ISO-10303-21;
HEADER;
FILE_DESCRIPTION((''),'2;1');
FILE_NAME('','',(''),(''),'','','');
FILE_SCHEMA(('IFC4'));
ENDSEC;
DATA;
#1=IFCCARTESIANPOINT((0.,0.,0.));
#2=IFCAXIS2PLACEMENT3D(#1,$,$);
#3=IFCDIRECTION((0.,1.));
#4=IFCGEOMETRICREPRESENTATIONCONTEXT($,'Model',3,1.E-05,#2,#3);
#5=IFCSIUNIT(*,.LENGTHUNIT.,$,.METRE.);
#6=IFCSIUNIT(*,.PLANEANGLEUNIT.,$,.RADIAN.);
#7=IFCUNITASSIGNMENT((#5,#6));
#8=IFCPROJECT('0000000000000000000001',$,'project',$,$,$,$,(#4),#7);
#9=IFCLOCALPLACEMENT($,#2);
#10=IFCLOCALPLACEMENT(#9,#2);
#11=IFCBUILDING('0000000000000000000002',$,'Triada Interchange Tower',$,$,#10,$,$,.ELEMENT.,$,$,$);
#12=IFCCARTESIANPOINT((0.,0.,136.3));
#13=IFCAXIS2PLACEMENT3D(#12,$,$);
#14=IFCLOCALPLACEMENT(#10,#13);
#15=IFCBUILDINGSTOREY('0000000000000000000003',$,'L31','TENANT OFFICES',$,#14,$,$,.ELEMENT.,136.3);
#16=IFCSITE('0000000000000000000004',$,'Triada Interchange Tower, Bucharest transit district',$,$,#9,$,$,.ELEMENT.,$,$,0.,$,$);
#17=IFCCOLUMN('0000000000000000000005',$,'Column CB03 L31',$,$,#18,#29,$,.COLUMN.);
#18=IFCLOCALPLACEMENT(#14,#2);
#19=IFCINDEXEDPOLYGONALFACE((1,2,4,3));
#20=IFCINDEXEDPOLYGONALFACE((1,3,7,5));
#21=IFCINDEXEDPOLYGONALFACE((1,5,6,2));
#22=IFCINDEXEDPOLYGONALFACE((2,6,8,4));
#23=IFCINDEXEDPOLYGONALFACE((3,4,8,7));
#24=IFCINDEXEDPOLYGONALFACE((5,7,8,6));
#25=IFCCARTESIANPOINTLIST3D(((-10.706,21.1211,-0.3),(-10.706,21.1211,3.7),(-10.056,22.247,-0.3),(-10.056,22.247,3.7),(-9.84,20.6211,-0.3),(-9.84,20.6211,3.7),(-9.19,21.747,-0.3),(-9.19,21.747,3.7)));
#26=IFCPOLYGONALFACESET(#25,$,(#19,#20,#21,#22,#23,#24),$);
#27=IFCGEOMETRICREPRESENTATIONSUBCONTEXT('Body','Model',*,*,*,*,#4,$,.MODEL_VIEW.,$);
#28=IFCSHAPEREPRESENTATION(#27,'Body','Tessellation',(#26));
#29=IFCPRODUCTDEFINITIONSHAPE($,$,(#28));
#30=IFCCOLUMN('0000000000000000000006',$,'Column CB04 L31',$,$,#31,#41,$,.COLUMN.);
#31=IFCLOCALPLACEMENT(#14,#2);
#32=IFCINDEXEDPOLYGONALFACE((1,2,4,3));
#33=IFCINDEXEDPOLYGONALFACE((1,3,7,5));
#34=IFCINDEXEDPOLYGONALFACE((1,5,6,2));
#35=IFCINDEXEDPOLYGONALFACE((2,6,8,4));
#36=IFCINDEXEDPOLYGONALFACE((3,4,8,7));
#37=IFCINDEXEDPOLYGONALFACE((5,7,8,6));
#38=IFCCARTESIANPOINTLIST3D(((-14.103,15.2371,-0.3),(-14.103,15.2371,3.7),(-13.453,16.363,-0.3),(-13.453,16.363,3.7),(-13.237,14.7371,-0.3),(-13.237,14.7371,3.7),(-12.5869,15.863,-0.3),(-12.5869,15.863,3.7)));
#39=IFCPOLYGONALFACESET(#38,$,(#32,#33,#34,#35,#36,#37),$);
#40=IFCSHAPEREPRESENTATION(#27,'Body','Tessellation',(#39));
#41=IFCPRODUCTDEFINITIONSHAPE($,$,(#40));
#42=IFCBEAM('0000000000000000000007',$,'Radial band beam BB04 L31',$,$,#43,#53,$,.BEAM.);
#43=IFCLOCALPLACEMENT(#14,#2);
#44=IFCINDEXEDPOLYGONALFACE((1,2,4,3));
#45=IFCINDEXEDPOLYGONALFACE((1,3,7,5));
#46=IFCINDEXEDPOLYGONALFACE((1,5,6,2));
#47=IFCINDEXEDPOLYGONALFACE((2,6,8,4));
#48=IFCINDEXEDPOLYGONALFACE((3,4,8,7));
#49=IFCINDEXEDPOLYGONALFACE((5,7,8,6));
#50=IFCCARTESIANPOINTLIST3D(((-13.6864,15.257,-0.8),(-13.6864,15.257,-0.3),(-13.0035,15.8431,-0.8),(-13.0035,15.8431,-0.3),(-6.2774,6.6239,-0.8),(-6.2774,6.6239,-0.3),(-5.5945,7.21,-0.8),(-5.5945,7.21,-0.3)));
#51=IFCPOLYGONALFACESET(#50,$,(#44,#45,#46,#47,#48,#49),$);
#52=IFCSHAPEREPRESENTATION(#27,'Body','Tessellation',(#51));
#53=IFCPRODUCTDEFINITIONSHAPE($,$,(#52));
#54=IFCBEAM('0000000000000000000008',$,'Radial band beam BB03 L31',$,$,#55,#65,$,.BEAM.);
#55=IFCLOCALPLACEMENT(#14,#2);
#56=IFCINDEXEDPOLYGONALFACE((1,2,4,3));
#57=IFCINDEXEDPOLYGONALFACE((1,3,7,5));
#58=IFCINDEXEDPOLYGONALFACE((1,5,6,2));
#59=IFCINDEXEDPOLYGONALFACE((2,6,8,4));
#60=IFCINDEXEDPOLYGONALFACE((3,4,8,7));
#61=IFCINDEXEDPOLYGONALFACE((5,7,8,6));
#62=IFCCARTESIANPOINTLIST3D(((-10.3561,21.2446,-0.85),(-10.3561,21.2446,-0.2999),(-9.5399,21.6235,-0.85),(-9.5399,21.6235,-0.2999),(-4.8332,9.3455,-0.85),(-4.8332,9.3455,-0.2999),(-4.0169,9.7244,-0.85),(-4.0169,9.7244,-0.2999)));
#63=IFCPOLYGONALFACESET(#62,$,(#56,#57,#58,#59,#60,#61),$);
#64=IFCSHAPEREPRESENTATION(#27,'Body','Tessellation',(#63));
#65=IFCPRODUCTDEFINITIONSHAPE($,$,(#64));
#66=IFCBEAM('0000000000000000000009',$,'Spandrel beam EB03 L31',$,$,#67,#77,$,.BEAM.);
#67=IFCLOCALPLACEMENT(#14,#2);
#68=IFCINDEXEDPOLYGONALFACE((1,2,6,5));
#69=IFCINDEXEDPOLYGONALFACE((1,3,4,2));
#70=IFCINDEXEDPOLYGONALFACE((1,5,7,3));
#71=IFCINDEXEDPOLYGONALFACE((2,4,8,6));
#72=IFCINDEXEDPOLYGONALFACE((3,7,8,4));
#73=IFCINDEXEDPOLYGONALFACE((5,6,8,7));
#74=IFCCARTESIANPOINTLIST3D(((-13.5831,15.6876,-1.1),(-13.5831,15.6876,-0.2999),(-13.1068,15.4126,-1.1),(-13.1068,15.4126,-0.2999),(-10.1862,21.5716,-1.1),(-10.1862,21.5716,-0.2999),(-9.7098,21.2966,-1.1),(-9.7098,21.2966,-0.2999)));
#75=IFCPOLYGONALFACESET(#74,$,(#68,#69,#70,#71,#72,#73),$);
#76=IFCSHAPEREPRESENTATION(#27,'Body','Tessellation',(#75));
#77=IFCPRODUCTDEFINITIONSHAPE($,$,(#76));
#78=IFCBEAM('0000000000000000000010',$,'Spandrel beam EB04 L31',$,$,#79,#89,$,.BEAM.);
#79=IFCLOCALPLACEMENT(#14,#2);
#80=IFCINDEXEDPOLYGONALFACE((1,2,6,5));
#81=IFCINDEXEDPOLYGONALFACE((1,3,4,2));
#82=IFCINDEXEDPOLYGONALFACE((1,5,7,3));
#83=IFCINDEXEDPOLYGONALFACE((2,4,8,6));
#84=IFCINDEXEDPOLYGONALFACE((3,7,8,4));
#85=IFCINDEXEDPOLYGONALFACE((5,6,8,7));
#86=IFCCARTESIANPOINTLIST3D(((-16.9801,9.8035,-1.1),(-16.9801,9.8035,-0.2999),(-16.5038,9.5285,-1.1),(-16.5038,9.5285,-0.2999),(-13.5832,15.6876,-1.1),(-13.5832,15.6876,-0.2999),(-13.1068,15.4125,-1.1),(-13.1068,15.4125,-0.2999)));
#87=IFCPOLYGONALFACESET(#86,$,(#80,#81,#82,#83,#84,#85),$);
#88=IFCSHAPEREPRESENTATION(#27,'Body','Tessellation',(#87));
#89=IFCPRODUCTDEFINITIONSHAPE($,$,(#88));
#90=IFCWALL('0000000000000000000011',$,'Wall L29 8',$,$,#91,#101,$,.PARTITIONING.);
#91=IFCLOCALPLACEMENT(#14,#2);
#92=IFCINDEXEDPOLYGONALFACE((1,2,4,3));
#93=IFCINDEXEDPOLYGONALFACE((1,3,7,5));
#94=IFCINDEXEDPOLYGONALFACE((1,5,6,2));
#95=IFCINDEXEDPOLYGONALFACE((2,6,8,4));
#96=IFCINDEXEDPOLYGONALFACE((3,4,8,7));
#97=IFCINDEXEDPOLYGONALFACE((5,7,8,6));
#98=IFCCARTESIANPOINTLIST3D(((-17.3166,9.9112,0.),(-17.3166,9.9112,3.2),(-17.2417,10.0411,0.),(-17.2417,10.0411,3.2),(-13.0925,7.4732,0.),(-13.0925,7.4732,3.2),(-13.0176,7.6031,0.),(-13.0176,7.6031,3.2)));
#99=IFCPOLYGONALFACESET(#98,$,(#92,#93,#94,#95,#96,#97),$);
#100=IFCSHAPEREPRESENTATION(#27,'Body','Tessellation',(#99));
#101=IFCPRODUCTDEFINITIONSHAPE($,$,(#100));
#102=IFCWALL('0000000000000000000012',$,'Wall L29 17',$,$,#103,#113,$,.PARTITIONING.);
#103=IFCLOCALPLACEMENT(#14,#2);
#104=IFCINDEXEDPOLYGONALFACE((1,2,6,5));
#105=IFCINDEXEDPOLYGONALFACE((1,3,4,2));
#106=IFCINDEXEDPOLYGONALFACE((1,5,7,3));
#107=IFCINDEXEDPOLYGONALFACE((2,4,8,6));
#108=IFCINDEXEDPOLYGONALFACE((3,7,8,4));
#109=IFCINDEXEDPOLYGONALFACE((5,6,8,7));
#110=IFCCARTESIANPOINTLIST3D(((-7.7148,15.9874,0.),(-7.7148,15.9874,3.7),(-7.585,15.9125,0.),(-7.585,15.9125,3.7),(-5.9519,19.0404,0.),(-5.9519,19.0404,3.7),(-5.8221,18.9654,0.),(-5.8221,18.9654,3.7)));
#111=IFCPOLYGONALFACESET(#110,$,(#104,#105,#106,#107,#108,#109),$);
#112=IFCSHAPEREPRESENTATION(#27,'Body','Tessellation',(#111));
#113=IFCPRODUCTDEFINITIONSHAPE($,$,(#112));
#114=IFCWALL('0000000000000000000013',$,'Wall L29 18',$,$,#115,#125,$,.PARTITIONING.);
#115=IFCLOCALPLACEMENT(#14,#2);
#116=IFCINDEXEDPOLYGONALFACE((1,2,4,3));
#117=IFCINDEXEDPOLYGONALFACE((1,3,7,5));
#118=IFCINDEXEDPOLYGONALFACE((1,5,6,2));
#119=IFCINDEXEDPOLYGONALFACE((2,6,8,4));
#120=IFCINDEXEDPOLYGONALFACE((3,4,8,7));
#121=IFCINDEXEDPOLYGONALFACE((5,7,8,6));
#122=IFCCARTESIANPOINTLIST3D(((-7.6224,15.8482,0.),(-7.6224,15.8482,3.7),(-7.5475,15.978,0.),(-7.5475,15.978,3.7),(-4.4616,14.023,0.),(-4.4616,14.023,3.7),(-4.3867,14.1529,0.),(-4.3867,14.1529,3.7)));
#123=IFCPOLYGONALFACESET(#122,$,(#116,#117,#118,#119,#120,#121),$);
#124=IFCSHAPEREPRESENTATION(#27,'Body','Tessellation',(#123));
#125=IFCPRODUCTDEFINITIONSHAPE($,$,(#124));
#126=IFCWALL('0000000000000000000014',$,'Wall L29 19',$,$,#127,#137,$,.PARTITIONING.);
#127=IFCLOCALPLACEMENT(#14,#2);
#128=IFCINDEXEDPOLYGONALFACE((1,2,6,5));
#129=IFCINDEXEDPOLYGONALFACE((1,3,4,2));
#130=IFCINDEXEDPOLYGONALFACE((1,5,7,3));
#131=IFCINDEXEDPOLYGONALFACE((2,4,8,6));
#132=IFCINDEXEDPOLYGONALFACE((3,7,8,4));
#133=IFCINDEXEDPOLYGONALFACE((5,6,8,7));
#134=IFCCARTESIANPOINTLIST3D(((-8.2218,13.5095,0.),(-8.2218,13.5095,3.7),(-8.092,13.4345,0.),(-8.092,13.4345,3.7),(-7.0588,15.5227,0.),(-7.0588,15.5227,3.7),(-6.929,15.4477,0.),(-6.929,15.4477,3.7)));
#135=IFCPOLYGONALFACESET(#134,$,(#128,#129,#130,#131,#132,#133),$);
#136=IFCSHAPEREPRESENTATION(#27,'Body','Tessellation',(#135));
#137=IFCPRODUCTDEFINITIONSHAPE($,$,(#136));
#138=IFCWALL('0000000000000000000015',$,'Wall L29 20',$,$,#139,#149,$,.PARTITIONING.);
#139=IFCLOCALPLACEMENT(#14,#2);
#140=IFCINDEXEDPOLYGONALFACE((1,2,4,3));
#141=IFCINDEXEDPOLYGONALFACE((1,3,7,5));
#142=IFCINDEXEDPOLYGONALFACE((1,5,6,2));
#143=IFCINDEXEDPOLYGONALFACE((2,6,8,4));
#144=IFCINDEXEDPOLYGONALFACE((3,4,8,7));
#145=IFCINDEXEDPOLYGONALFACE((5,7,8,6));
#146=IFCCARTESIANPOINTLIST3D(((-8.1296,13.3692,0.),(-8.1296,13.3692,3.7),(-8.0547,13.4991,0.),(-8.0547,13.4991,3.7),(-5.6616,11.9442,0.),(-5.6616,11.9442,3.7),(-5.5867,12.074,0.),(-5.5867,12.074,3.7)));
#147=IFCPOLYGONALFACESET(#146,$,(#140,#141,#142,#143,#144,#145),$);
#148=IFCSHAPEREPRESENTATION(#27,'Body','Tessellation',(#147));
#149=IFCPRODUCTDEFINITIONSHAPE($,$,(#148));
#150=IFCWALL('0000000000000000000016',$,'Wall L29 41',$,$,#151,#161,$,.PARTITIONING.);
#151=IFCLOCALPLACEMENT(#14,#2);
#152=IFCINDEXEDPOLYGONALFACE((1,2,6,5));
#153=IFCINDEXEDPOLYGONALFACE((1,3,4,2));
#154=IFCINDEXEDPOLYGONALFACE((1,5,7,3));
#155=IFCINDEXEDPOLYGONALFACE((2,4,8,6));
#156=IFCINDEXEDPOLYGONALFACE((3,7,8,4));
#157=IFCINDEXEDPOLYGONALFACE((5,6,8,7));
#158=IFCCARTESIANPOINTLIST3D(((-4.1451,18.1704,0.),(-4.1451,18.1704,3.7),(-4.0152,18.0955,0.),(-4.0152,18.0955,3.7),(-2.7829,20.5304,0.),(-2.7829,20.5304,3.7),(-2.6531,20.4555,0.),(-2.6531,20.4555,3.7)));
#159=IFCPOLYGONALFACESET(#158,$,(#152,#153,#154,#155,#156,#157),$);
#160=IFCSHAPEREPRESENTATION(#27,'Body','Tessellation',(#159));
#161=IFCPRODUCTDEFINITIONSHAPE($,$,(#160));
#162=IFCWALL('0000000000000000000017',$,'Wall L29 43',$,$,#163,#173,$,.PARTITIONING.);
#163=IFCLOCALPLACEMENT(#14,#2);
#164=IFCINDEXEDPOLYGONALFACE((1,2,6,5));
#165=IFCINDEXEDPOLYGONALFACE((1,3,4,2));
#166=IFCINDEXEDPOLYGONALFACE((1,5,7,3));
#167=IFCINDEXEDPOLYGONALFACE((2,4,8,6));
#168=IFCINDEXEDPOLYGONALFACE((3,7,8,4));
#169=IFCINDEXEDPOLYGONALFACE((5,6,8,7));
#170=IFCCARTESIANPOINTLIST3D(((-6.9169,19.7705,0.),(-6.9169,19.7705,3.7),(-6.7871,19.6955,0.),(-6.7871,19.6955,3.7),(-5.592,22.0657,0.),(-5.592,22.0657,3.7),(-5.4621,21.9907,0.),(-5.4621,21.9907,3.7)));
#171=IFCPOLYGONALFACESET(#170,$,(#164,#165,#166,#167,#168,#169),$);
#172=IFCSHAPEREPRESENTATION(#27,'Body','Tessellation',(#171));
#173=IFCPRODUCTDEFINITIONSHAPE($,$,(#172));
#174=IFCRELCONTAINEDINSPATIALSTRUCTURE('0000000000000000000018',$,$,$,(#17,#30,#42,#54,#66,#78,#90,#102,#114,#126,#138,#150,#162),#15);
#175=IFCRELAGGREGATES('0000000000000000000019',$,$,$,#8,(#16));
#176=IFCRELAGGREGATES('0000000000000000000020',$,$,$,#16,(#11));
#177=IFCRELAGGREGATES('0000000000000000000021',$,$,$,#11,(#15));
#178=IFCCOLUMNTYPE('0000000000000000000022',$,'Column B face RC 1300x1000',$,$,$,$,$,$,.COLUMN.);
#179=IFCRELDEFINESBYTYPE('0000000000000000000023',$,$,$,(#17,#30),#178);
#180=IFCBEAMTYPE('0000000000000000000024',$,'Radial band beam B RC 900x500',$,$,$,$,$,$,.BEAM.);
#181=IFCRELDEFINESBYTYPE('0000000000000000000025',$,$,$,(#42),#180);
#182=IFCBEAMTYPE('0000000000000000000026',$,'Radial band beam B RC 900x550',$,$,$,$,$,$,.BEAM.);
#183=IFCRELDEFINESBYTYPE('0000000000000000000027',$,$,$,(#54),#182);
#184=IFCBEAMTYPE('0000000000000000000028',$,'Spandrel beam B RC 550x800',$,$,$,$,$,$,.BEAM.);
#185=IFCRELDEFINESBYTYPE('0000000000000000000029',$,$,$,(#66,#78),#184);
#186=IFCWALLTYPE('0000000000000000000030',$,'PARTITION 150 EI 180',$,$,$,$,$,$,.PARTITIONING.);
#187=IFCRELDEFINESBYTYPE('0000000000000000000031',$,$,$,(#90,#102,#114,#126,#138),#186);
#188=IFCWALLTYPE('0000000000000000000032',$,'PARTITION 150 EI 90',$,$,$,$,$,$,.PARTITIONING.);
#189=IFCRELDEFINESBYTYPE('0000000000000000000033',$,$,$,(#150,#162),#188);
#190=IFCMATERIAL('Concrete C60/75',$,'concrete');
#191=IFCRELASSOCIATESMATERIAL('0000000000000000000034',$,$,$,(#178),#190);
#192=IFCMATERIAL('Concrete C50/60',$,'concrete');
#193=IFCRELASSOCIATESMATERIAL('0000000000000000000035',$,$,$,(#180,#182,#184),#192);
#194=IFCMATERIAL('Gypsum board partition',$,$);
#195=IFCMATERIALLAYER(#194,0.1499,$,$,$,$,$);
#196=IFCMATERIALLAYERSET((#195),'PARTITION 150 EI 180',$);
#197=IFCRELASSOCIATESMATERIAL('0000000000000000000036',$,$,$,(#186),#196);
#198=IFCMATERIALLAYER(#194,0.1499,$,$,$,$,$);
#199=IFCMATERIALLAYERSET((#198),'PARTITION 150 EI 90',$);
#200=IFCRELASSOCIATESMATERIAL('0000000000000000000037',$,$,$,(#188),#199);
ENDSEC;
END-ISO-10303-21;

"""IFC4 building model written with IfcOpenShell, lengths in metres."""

from ifc_helpers import new_model, si_unit, direction, frame, frame_2d, origin, origin_2d, place, context, subcontext, project, spatial, rectangle, extrude, material, layer, layer_set, material_profile, profile_set, type_object, element, save


model = new_model("IFC4")

# Units and contexts
model_context = context("Model", 3, precision=1e-05, world=origin(), true_north=direction((0.0, 1.0)))
body_context = subcontext(model_context, "Body", "Model", "MODEL_VIEW")
ifc_project = project(units=[si_unit("LENGTHUNIT", "METRE"), si_unit("PLANEANGLEUNIT", "RADIAN")], contexts=[model_context])

# Site, building, storey
site_placement = place(None, origin())
site = spatial("IfcSite", under=ifc_project, at=site_placement, Name="Triada Interchange Tower, Bucharest transit district", CompositionType="ELEMENT", RefElevation=0.0)
building_placement = place(site_placement, origin())
building = spatial("IfcBuilding", under=site, at=building_placement, Name="Triada Interchange Tower", CompositionType="ELEMENT")
storey_placement = place(building_placement, frame((0.0, 0.0, 136.3)))
storey = spatial("IfcBuildingStorey", under=building, at=storey_placement, Name="L31", Description="TENANT OFFICES", CompositionType="ELEMENT", Elevation=136.3)

# Columns
ifc_material_1 = material(Name="Concrete C60/75", Category="concrete")
ifc_material_profile_1 = material_profile(ifc_material_1, rectangle(XDim=1.3, YDim=1.0, at=origin_2d()), Name="RC 1300x1000")
ifc_profile_set_1 = profile_set([ifc_material_profile_1], Name="Concrete C60/75")
column_type = type_object("IfcColumnType", Name="Column B face RC 1300x1000", PredefinedType="COLUMN", material=ifc_profile_set_1)
for number, where, z_axis, x_axis, name in (
    (1, (-9.948, 21.4341, -0.3), (0.0, 0.0, 1.0), (0.5, 0.866025, 0.0), "Column CB03 L31"),
    (2, (-13.345, 15.55, -0.3), (0.0, 0.0, 1.0), (0.5, 0.866025, 0.0), "Column CB04 L31"),
):
    element("IfcColumn", number, at=place(storey_placement, frame(where, z_axis=z_axis, x_axis=x_axis)), inside=storey, type_object=column_type, Name=name, PredefinedType="COLUMN", context=body_context, shape_type="SweptSolid", body=[
        extrude(rectangle(XDim=1.3, YDim=1.0, at=origin_2d()), origin(), (0.0, 0.0, 1.0), 4.0),
    ])

# Beams
ifc_material_2 = material(Name="Concrete C50/60", Category="concrete")
ifc_material_profile_2 = material_profile(ifc_material_2, rectangle(XDim=0.8999, YDim=0.5, at=origin_2d()), Name="RC 900x500")
ifc_profile_set_2 = profile_set([ifc_material_profile_2], Name="Concrete C50/60")
beam_type_1 = type_object("IfcBeamType", Name="Radial band beam B RC 900x500", PredefinedType="BEAM", material=ifc_profile_set_2)
beam_1_placement = place(storey_placement, frame((-13.345, 15.55, -0.55), z_axis=(0.651256, -0.758858, 0.0), x_axis=(0.758858, 0.651256, 0.0)))
element("IfcBeam", 3, at=beam_1_placement, inside=storey, type_object=beam_type_1, Name="Radial band beam BB04 L31", PredefinedType="BEAM", context=body_context, shape_type="SweptSolid", body=[
    extrude(rectangle(XDim=0.8999, YDim=0.5, at=origin_2d()), origin(), (0.0, 0.0, 1.0), 11.3765),
])
ifc_material_profile_3 = material_profile(ifc_material_2, rectangle(XDim=0.8999, YDim=0.55, at=origin_2d()), Name="RC 900x550")
ifc_profile_set_3 = profile_set([ifc_material_profile_3], Name="Concrete C50/60")
beam_type_2 = type_object("IfcBeamType", Name="Radial band beam B RC 900x550", PredefinedType="BEAM", material=ifc_profile_set_3)
beam_2_placement = place(storey_placement, frame((-9.948, 21.4341, -0.575), z_axis=(0.421007, -0.907057, 0.0), x_axis=(0.907057, 0.421007, 0.0)))
element("IfcBeam", 4, at=beam_2_placement, inside=storey, type_object=beam_type_2, Name="Radial band beam BB03 L31", PredefinedType="BEAM", context=body_context, shape_type="SweptSolid", body=[
    extrude(rectangle(XDim=0.8999, YDim=0.55, at=origin_2d()), origin(), (0.0, 0.0, 1.0), 13.1184),
])
ifc_material_profile_4 = material_profile(ifc_material_2, rectangle(XDim=0.55, YDim=0.8, at=origin_2d()), Name="RC 550x800")
ifc_profile_set_4 = profile_set([ifc_material_profile_4], Name="Concrete C50/60")
beam_type_3 = type_object("IfcBeamType", Name="Spandrel beam B RC 550x800", PredefinedType="BEAM", material=ifc_profile_set_4)
for number, where, z_axis, x_axis, name in (
    (5, (-9.948, 21.4341, -0.7), (-0.499981, -0.866037, 0.0), (0.866037, -0.499981, 0.0), "Spandrel beam EB03 L31"),
    (6, (-13.345, 15.55, -0.7), (-0.499981, -0.866037, 0.0), (0.866037, -0.499981, 0.0), "Spandrel beam EB04 L31"),
):
    element("IfcBeam", number, at=place(storey_placement, frame(where, z_axis=z_axis, x_axis=x_axis)), inside=storey, type_object=beam_type_3, Name=name, PredefinedType="BEAM", context=body_context, shape_type="SweptSolid", body=[
        extrude(rectangle(XDim=0.55, YDim=0.8, at=origin_2d()), origin(), (0.0, 0.0, 1.0), 6.7942),
    ])

# Walls
ifc_material_3 = material(Name="Gypsum board partition")
ifc_layer_1 = layer(ifc_material_3, 0.1499)
ifc_layer_set_1 = layer_set([ifc_layer_1], Name="PARTITION 150 EI 180")
wall_type_1 = type_object("IfcWallType", Name="PARTITION 150 EI 180", PredefinedType="PARTITIONING", material=ifc_layer_set_1)
wall_1_placement = place(storey_placement, frame((-17.2791, 9.9761, 0.0), z_axis=(0.0, 0.0, 1.0), x_axis=(0.866097, -0.499876, 0.0)))
element("IfcWall", 7, at=wall_1_placement, inside=storey, type_object=wall_type_1, Name="Wall L29 8", PredefinedType="PARTITIONING", context=body_context, shape_type="SweptSolid", body=[
    extrude(rectangle(XDim=4.8772, YDim=0.1499, at=frame_2d((2.4385, 0.0))), origin(), (0.0, 0.0, 1.0), 3.2),
])
wall_2_placement = place(storey_placement, frame((-7.6499, 15.95, 0.0), z_axis=(0.0, 0.0, 1.0), x_axis=(0.500064, 0.865988, 0.0)))
element("IfcWall", 8, at=wall_2_placement, inside=storey, type_object=wall_type_1, Name="Wall L29 17", PredefinedType="PARTITIONING", context=body_context, shape_type="SweptSolid", body=[
    extrude(rectangle(XDim=3.5254, YDim=0.1499, at=frame_2d((1.7627, 0.0))), origin(), (0.0, 0.0, 1.0), 3.7),
])
wall_3_placement = place(storey_placement, frame((-7.585, 15.9131, 0.0), z_axis=(0.0, 0.0, 1.0), x_axis=(0.865995, -0.500052, 0.0)))
element("IfcWall", 9, at=wall_3_placement, inside=storey, type_object=wall_type_1, Name="Wall L29 18", PredefinedType="PARTITIONING", context=body_context, shape_type="SweptSolid", body=[
    extrude(rectangle(XDim=3.6499, YDim=0.1499, at=frame_2d((1.825, 0.0))), origin(), (0.0, 0.0, 1.0), 3.7),
])
wall_4_placement = place(storey_placement, frame((-8.157, 13.4719, 0.0), z_axis=(0.0, 0.0, 1.0), x_axis=(0.50025, 0.865881, 0.0)))
element("IfcWall", 10, at=wall_4_placement, inside=storey, type_object=wall_type_1, Name="Wall L29 19", PredefinedType="PARTITIONING", context=body_context, shape_type="SweptSolid", body=[
    extrude(rectangle(XDim=2.325, YDim=0.1499, at=frame_2d((1.1626, 0.0))), origin(), (0.0, 0.0, 1.0), 3.7),
])
wall_5_placement = place(storey_placement, frame((-8.092, 13.4341, 0.0), z_axis=(0.0, 0.0, 1.0), x_axis=(0.866004, -0.500036, 0.0)))
element("IfcWall", 11, at=wall_5_placement, inside=storey, type_object=wall_type_1, Name="Wall L29 20", PredefinedType="PARTITIONING", context=body_context, shape_type="SweptSolid", body=[
    extrude(rectangle(XDim=2.8499, YDim=0.1499, at=frame_2d((1.4248, 0.0))), origin(), (0.0, 0.0, 1.0), 3.7),
])
ifc_layer_2 = layer(ifc_material_3, 0.1499)
ifc_layer_set_2 = layer_set([ifc_layer_2], Name="PARTITION 150 EI 90")
wall_type_2 = type_object("IfcWallType", Name="PARTITION 150 EI 90", PredefinedType="PARTITIONING", material=ifc_layer_set_2)
wall_6_placement = place(storey_placement, frame((-4.0801, 18.1331, 0.0), z_axis=(0.0, 0.0, 1.0), x_axis=(0.499888, 0.86609, 0.0)))
element("IfcWall", 12, at=wall_6_placement, inside=storey, type_object=wall_type_2, Name="Wall L29 41", PredefinedType="PARTITIONING", context=body_context, shape_type="SweptSolid", body=[
    extrude(rectangle(XDim=2.7249, YDim=0.1499, at=frame_2d((1.3623, 0.0))), origin(), (0.0, 0.0, 1.0), 3.7),
])
wall_7_placement = place(storey_placement, frame((-6.8521, 19.7329, 0.0), z_axis=(0.0, 0.0, 1.0), x_axis=(0.499954, 0.866052, 0.0)))
element("IfcWall", 13, at=wall_7_placement, inside=storey, type_object=wall_type_2, Name="Wall L29 43", PredefinedType="PARTITIONING", context=body_context, shape_type="SweptSolid", body=[
    extrude(rectangle(XDim=2.6501, YDim=0.1499, at=frame_2d((1.3252, 0.0))), origin(), (0.0, 0.0, 1.0), 3.7),
])

save(model, "model.ifc")
